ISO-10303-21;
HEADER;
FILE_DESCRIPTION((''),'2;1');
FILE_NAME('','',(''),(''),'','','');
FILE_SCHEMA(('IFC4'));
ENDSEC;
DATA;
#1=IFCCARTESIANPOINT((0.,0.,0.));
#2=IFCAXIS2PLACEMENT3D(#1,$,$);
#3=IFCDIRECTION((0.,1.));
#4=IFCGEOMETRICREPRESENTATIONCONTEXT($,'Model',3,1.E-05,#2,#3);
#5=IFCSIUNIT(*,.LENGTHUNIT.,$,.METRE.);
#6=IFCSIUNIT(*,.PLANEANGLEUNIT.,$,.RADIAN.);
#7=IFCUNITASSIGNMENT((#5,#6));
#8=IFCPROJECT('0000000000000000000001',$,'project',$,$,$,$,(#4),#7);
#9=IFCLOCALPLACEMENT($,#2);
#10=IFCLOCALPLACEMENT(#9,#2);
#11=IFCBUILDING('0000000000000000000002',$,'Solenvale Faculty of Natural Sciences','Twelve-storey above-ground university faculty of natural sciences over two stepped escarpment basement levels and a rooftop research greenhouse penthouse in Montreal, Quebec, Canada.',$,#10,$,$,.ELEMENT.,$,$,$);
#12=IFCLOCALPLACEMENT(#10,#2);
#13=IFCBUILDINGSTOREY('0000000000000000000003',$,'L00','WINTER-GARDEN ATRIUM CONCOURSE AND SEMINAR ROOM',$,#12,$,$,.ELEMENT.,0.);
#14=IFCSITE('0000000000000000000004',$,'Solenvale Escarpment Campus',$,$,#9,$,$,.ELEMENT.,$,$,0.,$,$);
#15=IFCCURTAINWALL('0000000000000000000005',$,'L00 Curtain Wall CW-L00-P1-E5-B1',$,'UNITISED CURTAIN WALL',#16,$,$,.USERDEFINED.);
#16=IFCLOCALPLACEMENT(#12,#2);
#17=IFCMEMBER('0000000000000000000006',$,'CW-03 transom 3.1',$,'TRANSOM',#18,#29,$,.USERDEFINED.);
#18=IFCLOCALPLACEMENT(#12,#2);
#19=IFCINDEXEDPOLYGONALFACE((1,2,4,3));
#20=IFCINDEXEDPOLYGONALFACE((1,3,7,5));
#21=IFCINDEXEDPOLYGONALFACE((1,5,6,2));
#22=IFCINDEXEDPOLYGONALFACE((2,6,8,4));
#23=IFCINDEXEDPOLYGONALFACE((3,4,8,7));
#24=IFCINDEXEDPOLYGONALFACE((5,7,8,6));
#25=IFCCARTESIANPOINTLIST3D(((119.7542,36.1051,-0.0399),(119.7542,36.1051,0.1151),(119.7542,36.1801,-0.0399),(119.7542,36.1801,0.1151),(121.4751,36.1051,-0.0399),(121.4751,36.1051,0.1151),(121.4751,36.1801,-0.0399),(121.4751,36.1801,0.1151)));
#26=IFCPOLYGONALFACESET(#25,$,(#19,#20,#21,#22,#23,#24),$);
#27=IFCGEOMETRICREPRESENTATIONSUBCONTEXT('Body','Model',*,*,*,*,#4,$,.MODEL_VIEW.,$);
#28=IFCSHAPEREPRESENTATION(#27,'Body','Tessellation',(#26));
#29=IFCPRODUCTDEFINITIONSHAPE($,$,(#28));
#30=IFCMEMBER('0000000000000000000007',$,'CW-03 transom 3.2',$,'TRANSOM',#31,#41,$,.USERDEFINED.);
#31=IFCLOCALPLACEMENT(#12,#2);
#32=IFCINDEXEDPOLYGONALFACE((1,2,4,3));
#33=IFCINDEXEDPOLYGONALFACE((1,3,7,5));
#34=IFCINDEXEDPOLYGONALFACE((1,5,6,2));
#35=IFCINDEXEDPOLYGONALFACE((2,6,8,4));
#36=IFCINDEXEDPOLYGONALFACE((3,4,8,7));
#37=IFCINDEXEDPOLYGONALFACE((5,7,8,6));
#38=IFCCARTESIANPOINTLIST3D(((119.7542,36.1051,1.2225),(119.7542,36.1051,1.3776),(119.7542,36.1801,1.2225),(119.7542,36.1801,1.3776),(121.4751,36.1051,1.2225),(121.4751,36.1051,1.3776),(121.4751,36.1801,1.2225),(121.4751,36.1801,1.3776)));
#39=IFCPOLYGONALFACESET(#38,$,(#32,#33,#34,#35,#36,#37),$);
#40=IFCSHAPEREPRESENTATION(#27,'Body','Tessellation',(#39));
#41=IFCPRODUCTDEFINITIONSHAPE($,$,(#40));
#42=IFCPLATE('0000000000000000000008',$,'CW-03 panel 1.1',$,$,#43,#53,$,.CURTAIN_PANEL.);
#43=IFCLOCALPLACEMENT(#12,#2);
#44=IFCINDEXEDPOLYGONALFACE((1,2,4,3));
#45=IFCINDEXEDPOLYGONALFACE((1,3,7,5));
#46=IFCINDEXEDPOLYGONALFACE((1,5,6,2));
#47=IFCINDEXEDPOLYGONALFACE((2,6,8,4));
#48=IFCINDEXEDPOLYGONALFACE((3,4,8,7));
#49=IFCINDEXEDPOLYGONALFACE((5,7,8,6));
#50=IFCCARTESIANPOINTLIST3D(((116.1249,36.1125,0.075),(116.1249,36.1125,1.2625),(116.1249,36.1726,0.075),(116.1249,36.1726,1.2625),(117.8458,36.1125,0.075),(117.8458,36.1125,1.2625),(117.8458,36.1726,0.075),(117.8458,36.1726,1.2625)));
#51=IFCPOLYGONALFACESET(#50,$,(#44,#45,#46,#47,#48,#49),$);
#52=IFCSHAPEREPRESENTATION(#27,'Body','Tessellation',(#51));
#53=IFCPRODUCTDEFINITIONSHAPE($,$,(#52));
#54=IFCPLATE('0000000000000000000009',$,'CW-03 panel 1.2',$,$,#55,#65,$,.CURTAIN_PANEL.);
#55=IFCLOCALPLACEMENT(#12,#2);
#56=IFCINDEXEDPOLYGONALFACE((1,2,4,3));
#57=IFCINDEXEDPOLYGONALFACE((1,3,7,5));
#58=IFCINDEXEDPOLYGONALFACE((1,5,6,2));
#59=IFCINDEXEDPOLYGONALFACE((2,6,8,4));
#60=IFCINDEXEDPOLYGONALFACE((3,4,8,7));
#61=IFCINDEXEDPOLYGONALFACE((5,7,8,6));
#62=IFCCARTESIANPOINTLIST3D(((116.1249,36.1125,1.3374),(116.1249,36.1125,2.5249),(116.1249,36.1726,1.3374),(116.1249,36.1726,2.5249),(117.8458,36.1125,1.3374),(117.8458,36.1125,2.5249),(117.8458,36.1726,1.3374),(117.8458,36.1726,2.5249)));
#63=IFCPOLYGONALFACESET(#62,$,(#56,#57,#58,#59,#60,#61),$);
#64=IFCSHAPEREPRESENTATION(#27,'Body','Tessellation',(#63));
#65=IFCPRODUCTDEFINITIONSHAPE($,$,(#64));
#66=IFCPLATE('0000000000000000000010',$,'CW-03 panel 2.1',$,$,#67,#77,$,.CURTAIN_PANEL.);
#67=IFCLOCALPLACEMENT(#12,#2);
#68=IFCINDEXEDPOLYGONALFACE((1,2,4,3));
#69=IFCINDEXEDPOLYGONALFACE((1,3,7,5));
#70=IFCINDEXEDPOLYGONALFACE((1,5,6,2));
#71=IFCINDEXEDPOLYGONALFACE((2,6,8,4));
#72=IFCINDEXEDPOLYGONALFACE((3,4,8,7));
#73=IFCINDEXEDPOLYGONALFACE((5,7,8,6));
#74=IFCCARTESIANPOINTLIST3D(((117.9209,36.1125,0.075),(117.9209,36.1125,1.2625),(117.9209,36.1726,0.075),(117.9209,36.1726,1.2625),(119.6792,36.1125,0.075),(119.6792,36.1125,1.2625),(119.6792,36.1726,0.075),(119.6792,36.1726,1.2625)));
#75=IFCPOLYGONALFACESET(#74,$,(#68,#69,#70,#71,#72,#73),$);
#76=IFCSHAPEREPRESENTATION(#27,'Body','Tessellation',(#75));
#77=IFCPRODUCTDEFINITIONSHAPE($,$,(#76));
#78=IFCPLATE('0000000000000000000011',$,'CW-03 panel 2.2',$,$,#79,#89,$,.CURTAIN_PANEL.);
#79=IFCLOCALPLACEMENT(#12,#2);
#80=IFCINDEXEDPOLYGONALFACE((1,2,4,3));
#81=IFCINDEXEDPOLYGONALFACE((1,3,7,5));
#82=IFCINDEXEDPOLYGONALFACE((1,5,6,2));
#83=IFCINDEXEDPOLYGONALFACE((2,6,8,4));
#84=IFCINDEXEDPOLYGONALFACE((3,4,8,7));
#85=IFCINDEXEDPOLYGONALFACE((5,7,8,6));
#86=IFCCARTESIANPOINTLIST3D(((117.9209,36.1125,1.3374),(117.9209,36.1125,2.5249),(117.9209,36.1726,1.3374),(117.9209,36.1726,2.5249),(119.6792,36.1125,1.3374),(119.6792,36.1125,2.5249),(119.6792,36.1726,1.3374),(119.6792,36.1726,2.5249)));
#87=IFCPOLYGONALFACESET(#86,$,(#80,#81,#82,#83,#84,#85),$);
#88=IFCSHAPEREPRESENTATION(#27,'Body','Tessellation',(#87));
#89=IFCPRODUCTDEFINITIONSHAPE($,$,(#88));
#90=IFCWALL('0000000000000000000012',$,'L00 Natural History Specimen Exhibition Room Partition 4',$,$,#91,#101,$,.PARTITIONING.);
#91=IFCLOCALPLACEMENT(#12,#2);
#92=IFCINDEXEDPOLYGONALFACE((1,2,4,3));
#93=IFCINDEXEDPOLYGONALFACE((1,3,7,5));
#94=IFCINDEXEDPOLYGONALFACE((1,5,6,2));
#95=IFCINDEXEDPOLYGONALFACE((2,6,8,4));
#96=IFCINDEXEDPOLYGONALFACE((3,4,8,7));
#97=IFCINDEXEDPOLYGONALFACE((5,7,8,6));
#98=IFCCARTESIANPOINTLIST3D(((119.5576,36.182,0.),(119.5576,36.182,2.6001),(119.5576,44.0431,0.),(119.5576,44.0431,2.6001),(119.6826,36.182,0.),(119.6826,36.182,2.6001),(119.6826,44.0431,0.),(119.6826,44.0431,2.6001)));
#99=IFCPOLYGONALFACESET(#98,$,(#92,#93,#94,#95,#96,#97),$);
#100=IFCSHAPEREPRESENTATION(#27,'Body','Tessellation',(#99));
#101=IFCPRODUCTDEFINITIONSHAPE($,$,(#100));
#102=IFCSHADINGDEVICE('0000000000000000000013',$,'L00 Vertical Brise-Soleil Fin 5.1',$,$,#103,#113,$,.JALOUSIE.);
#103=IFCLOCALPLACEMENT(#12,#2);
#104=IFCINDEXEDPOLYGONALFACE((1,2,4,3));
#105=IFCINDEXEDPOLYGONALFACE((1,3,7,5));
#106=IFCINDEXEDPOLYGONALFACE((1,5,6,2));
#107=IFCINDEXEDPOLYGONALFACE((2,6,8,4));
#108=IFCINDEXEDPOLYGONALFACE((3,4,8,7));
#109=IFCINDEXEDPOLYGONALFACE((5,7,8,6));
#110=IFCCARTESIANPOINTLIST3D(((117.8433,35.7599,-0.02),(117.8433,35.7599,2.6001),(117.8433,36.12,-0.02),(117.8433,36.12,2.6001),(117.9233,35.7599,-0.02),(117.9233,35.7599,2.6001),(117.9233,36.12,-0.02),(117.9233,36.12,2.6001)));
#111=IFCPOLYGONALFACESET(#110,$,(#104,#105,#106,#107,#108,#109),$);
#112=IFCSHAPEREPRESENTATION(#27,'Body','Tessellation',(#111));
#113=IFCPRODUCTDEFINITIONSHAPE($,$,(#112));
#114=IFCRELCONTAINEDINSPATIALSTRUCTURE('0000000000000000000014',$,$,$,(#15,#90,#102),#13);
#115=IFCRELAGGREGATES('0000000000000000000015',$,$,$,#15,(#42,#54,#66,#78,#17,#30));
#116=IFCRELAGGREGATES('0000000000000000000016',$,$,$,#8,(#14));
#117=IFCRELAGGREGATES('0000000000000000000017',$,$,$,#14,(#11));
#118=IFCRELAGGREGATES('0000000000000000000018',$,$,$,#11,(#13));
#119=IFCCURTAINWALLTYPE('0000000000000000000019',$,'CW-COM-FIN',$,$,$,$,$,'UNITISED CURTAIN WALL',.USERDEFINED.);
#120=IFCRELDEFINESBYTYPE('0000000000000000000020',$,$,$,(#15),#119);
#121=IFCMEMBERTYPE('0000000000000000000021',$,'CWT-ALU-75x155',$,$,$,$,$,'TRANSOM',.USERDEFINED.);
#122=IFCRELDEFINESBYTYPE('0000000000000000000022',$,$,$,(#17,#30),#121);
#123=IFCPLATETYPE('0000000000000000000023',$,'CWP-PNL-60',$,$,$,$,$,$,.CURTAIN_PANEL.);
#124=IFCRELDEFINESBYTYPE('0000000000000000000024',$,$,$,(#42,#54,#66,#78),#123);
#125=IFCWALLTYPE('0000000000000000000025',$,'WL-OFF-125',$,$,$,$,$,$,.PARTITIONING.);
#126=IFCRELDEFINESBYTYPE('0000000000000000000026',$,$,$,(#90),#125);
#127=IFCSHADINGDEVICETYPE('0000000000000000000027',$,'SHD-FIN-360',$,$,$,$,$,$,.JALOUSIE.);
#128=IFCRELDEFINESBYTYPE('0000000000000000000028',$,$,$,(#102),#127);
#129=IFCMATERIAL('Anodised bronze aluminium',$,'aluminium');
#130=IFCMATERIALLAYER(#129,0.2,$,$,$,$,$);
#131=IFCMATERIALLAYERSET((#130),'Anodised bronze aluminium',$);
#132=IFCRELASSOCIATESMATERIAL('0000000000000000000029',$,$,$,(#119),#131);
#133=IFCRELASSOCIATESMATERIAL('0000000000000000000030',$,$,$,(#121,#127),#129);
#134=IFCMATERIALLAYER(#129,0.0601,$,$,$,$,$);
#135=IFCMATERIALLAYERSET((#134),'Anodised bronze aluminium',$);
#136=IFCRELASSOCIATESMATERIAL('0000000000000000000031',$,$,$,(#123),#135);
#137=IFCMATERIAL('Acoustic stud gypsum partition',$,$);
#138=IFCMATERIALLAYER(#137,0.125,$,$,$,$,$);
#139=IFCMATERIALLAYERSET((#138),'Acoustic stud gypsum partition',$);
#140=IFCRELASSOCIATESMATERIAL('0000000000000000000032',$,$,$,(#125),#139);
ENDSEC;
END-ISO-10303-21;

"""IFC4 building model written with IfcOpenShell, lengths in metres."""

from ifc_helpers import new_model, si_unit, direction, frame, frame_2d, origin, origin_2d, place, context, subcontext, project, spatial, rectangle, extrude, material, layer, layer_set, material_profile, profile_set, type_object, element, aggregate, save


model = new_model("IFC4")

# Units and contexts
model_context = context("Model", 3, precision=1e-05, world=origin(), true_north=direction((0.0, 1.0)))
body_context = subcontext(model_context, "Body", "Model", "MODEL_VIEW")
ifc_project = project(units=[si_unit("LENGTHUNIT", "METRE"), si_unit("PLANEANGLEUNIT", "RADIAN")], contexts=[model_context])

# Site, building, storey
site_placement = place(None, origin())
site = spatial("IfcSite", under=ifc_project, at=site_placement, Name="Solenvale Escarpment Campus", CompositionType="ELEMENT", RefElevation=0.0)
building_placement = place(site_placement, origin())
building = spatial("IfcBuilding", under=site, at=building_placement, Name="Solenvale Faculty of Natural Sciences", Description="Twelve-storey above-ground university faculty of natural sciences over two stepped escarpment basement levels and a rooftop research greenhouse penthouse in Montreal, Quebec, Canada.", CompositionType="ELEMENT")
storey_placement = place(building_placement, origin())
storey = spatial("IfcBuildingStorey", under=building, at=storey_placement, Name="L00", Description="WINTER-GARDEN ATRIUM CONCOURSE AND SEMINAR ROOM", CompositionType="ELEMENT", Elevation=0.0)

# Curtain wall, members, plates
ifc_material_1 = material(Name="Anodised bronze aluminium", Category="aluminium")
ifc_layer_1 = layer(ifc_material_1, 0.2)
ifc_layer_set_1 = layer_set([ifc_layer_1], Name="Anodised bronze aluminium")
curtain_wall_type = type_object("IfcCurtainWallType", Name="CW-COM-FIN", ElementType="UNITISED CURTAIN WALL", PredefinedType="USERDEFINED", material=ifc_layer_set_1)
curtain_wall_placement = place(storey_placement, origin())
curtain_wall = element("IfcCurtainWall", 1, at=curtain_wall_placement, inside=storey, type_object=curtain_wall_type, Name="L00 Curtain Wall CW-L00-P1-E5-B1", ObjectType="UNITISED CURTAIN WALL", PredefinedType="USERDEFINED")
ifc_material_profile_1 = material_profile(ifc_material_1, rectangle(XDim=0.075, YDim=0.155, at=origin_2d()), Name="ALU-TRN-75x155")
ifc_profile_set_1 = profile_set([ifc_material_profile_1], Name="Anodised bronze aluminium")
member_type_1 = type_object("IfcMemberType", Name="CWT-ALU-75x155", ElementType="TRANSOM", PredefinedType="USERDEFINED", material=ifc_profile_set_1)
member_1_placement = place(storey_placement, frame((119.7542, 36.1426, 0.0376), z_axis=(1.0, 0.0, 0.0), x_axis=(0.0, 1.0, 0.0)))
member_1 = element("IfcMember", 2, at=member_1_placement, type_object=member_type_1, Name="CW-03 transom 3.1", ObjectType="TRANSOM", PredefinedType="USERDEFINED", context=body_context, shape_type="SweptSolid", body=[
    extrude(rectangle(XDim=0.075, YDim=0.155, at=origin_2d()), origin(), (0.0, 0.0, 1.0), 1.7209),
])
member_2_placement = place(storey_placement, frame((119.7542, 36.1426, 1.3), z_axis=(1.0, 0.0, 0.0), x_axis=(0.0, 1.0, 0.0)))
member_2 = element("IfcMember", 3, at=member_2_placement, type_object=member_type_1, Name="CW-03 transom 3.2", ObjectType="TRANSOM", PredefinedType="USERDEFINED", context=body_context, shape_type="SweptSolid", body=[
    extrude(rectangle(XDim=0.075, YDim=0.155, at=origin_2d()), origin(), (0.0, 0.0, 1.0), 1.7209),
])
ifc_layer_2 = layer(ifc_material_1, 0.0601)
ifc_layer_set_2 = layer_set([ifc_layer_2], Name="Anodised bronze aluminium")
plate_type = type_object("IfcPlateType", Name="CWP-PNL-60", PredefinedType="CURTAIN_PANEL", material=ifc_layer_set_2)
plate_1_placement = place(storey_placement, frame((116.9854, 36.1426, 0.075), z_axis=(0.0, 0.0, 1.0), x_axis=(1.0, 0.0, 0.0)))
plate_1 = element("IfcPlate", 4, at=plate_1_placement, type_object=plate_type, Name="CW-03 panel 1.1", PredefinedType="CURTAIN_PANEL", context=body_context, shape_type="SweptSolid", body=[
    extrude(rectangle(XDim=1.7209, YDim=0.0601, at=origin_2d()), origin(), (0.0, 0.0, 1.0), 1.1875),
])
plate_2_placement = place(storey_placement, frame((116.9854, 36.1426, 1.3374), z_axis=(0.0, 0.0, 1.0), x_axis=(1.0, 0.0, 0.0)))
plate_2 = element("IfcPlate", 5, at=plate_2_placement, type_object=plate_type, Name="CW-03 panel 1.2", PredefinedType="CURTAIN_PANEL", context=body_context, shape_type="SweptSolid", body=[
    extrude(rectangle(XDim=1.7209, YDim=0.0601, at=origin_2d()), origin(), (0.0, 0.0, 1.0), 1.1875),
])
plate_3_placement = place(storey_placement, frame((118.8, 36.1426, 0.075), z_axis=(0.0, 0.0, 1.0), x_axis=(1.0, 0.0, 0.0)))
plate_3 = element("IfcPlate", 6, at=plate_3_placement, type_object=plate_type, Name="CW-03 panel 2.1", PredefinedType="CURTAIN_PANEL", context=body_context, shape_type="SweptSolid", body=[
    extrude(rectangle(XDim=1.7583, YDim=0.0601, at=origin_2d()), origin(), (0.0, 0.0, 1.0), 1.1875),
])
plate_4_placement = place(storey_placement, frame((118.8, 36.1426, 1.3374), z_axis=(0.0, 0.0, 1.0), x_axis=(1.0, 0.0, 0.0)))
plate_4 = element("IfcPlate", 7, at=plate_4_placement, type_object=plate_type, Name="CW-03 panel 2.2", PredefinedType="CURTAIN_PANEL", context=body_context, shape_type="SweptSolid", body=[
    extrude(rectangle(XDim=1.7583, YDim=0.0601, at=origin_2d()), origin(), (0.0, 0.0, 1.0), 1.1875),
])
aggregate(curtain_wall, [plate_1, plate_2, plate_3, plate_4, member_1, member_2])

# Wall
ifc_material_2 = material(Name="Acoustic stud gypsum partition")
ifc_layer_3 = layer(ifc_material_2, 0.125)
ifc_layer_set_3 = layer_set([ifc_layer_3], Name="Acoustic stud gypsum partition")
wall_type = type_object("IfcWallType", Name="WL-OFF-125", PredefinedType="PARTITIONING", material=ifc_layer_set_3)
wall_placement = place(storey_placement, frame((119.6201, 36.1819, 0.0), z_axis=(0.0, 0.0, 1.0), x_axis=(0.0, 1.0, 0.0)))
element("IfcWall", 8, at=wall_placement, inside=storey, type_object=wall_type, Name="L00 Natural History Specimen Exhibition Room Partition 4", PredefinedType="PARTITIONING", context=body_context, shape_type="SweptSolid", body=[
    extrude(rectangle(XDim=7.8611, YDim=0.125, at=frame_2d((3.9307, 0.0))), origin(), (0.0, 0.0, 1.0), 2.6001),
])

# Shading device
ifc_material_profile_2 = material_profile(ifc_material_1, rectangle(XDim=0.0801, YDim=0.3601, at=origin_2d()), Name="ALU-FIN-80x360")
ifc_profile_set_2 = profile_set([ifc_material_profile_2], Name="Anodised bronze aluminium")
shading_device_type = type_object("IfcShadingDeviceType", Name="SHD-FIN-360", PredefinedType="JALOUSIE", material=ifc_profile_set_2)
shading_device_placement = place(storey_placement, frame((117.8833, 35.9399, -0.02), z_axis=(0.0, 0.0, 1.0), x_axis=(1.0, 0.0, 0.0)))
element("IfcShadingDevice", 9, at=shading_device_placement, inside=storey, type_object=shading_device_type, Name="L00 Vertical Brise-Soleil Fin 5.1", PredefinedType="JALOUSIE", context=body_context, shape_type="SweptSolid", body=[
    extrude(rectangle(XDim=0.0801, YDim=0.3601, at=origin_2d()), origin(), (0.0, 0.0, 1.0), 2.6201),
])

save(model, "model.ifc")
